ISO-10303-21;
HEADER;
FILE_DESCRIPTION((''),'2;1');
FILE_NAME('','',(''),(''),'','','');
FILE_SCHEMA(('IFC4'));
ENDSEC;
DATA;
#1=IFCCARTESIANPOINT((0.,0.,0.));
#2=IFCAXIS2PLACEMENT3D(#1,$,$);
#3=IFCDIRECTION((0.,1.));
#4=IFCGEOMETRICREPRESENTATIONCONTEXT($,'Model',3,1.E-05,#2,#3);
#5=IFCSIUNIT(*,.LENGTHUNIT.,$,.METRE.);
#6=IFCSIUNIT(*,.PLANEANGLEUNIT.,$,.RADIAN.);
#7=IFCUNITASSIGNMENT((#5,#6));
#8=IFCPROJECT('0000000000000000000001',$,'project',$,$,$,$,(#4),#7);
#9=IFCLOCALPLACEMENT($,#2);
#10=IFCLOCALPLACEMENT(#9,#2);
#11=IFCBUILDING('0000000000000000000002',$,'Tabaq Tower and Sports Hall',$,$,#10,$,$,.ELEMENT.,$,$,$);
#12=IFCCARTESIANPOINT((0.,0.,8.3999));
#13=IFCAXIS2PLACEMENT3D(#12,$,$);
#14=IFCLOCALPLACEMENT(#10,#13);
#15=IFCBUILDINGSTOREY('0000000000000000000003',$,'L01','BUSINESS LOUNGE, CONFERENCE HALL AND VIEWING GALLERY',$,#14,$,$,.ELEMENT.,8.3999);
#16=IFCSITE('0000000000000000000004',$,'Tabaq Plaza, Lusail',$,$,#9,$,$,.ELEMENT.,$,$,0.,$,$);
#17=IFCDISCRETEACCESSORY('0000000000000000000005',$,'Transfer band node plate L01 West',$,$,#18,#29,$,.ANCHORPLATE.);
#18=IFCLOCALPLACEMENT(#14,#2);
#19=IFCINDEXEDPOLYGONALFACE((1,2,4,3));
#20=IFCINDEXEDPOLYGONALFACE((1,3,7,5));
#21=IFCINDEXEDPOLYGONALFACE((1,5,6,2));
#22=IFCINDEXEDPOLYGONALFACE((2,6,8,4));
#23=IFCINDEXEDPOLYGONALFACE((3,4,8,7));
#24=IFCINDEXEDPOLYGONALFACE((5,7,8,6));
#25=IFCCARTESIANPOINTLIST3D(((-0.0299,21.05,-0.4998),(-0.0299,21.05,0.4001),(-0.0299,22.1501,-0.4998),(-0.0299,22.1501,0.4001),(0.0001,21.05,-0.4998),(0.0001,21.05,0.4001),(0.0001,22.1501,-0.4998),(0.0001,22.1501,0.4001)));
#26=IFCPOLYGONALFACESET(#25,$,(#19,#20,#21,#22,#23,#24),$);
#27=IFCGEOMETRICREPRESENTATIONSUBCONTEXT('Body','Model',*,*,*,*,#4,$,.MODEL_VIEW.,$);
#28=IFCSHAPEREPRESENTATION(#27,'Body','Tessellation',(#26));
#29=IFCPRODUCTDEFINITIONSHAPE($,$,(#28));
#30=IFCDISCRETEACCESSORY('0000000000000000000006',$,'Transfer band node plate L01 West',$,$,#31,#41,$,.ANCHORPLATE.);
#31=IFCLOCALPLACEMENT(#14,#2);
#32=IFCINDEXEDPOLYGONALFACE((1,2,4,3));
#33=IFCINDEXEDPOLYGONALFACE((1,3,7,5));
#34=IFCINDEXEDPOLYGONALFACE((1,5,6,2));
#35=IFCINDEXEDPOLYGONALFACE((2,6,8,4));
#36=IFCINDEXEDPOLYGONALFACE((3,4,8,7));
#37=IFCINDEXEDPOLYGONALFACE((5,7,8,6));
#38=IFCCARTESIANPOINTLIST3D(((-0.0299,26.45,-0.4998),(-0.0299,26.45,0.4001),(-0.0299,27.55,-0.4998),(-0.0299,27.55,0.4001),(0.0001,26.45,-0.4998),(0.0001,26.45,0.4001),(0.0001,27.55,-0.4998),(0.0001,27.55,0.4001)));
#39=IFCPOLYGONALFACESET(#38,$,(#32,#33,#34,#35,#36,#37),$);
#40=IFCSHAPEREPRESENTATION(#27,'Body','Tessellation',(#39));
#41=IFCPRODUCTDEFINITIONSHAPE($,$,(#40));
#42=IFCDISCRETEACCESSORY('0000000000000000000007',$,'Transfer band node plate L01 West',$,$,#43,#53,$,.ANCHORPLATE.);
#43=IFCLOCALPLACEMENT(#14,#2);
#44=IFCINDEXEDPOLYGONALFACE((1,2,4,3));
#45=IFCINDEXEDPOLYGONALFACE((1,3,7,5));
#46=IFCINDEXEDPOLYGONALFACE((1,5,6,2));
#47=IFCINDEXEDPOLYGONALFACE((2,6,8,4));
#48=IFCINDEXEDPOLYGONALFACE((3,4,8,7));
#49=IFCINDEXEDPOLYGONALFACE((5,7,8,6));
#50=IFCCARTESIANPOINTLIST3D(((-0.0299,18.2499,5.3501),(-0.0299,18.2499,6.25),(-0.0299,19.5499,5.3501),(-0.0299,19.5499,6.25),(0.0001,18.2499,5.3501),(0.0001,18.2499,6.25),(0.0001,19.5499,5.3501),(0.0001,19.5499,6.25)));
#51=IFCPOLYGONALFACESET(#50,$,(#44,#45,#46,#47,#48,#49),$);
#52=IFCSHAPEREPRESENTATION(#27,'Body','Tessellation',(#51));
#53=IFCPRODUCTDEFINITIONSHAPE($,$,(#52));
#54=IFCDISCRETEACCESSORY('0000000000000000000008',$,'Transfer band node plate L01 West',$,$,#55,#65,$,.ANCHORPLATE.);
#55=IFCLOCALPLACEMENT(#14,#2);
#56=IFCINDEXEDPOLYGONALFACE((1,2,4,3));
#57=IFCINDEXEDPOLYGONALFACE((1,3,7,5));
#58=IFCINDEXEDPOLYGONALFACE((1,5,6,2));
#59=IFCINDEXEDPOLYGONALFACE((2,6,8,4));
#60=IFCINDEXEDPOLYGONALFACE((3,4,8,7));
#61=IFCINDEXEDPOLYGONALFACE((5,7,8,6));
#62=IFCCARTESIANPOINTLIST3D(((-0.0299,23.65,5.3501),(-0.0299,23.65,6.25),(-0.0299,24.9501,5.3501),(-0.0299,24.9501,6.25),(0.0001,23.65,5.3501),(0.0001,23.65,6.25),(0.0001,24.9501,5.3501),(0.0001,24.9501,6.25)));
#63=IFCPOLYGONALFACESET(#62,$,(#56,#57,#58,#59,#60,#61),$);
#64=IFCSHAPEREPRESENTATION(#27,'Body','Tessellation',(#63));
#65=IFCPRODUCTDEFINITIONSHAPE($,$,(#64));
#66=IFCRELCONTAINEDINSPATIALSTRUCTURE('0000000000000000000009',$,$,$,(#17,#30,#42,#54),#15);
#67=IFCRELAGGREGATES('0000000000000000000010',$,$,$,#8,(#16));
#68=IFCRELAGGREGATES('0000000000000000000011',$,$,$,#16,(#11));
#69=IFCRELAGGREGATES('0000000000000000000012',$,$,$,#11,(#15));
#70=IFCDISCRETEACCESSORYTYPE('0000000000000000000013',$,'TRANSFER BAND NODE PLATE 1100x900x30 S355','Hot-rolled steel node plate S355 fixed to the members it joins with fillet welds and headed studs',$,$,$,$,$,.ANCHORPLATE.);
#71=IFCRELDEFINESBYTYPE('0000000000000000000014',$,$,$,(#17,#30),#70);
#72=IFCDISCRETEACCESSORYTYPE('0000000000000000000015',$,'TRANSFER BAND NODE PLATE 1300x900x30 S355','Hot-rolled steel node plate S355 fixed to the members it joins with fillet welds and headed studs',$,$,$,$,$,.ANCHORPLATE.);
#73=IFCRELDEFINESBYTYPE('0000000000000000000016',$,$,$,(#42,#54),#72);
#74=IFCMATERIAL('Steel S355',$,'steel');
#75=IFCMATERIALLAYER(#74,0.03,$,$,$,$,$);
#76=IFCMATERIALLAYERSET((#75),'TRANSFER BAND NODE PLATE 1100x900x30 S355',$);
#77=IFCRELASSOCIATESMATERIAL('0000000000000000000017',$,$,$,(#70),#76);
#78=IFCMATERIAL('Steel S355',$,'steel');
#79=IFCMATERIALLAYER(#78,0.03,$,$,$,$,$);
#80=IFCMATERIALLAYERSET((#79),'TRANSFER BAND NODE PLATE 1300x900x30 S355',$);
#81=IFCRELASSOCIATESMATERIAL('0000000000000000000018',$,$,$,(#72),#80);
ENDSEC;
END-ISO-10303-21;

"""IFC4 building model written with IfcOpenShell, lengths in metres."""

from ifc_helpers import new_model, si_unit, direction, frame, origin, origin_2d, place, context, subcontext, project, spatial, rectangle, extrude, material, layer, layer_set, type_object, element, save


model = new_model("IFC4")

# Units and contexts
model_context = context("Model", 3, precision=1e-05, world=origin(), true_north=direction((0.0, 1.0)))
body_context = subcontext(model_context, "Body", "Model", "MODEL_VIEW")
ifc_project = project(units=[si_unit("LENGTHUNIT", "METRE"), si_unit("PLANEANGLEUNIT", "RADIAN")], contexts=[model_context])

# Site, building, storey
site_placement = place(None, origin())
site = spatial("IfcSite", under=ifc_project, at=site_placement, Name="Tabaq Plaza, Lusail", CompositionType="ELEMENT", RefElevation=0.0)
building_placement = place(site_placement, origin())
building = spatial("IfcBuilding", under=site, at=building_placement, Name="Tabaq Tower and Sports Hall", CompositionType="ELEMENT")
storey_placement = place(building_placement, frame((0.0, 0.0, 8.3999)))
storey = spatial("IfcBuildingStorey", under=building, at=storey_placement, Name="L01", Description="BUSINESS LOUNGE, CONFERENCE HALL AND VIEWING GALLERY", CompositionType="ELEMENT", Elevation=8.3999)

# Discrete accessories
ifc_material_1 = material(Name="Steel S355", Category="steel")
ifc_layer_1 = layer(ifc_material_1, 0.03)
ifc_layer_set_1 = layer_set([ifc_layer_1], Name="TRANSFER BAND NODE PLATE 1100x900x30 S355")
discrete_accessory_type_1 = type_object("IfcDiscreteAccessoryType", Name="TRANSFER BAND NODE PLATE 1100x900x30 S355", Description="Hot-rolled steel node plate S355 fixed to the members it joins with fillet welds and headed studs", PredefinedType="ANCHORPLATE", material=ifc_layer_set_1)
for number, where, z_axis, x_axis, name in (
    (1, (-0.0149, 21.6001, -0.4998), (0.0, 0.0, 1.0), (0.0, -1.0, 0.0), "Transfer band node plate L01 West"),
    (2, (-0.0149, 27.0, -0.4998), (0.0, 0.0, 1.0), (0.0, -1.0, 0.0), "Transfer band node plate L01 West"),
):
    element("IfcDiscreteAccessory", number, at=place(storey_placement, frame(where, z_axis=z_axis, x_axis=x_axis)), inside=storey, type_object=discrete_accessory_type_1, Name=name, PredefinedType="ANCHORPLATE", context=body_context, shape_type="SweptSolid", body=[
        extrude(rectangle(XDim=1.1001, YDim=0.03, at=origin_2d()), origin(), (0.0, 0.0, 1.0), 0.8999),
    ])
ifc_material_2 = material(Name="Steel S355", Category="steel")
ifc_layer_2 = layer(ifc_material_2, 0.03)
ifc_layer_set_2 = layer_set([ifc_layer_2], Name="TRANSFER BAND NODE PLATE 1300x900x30 S355")
discrete_accessory_type_2 = type_object("IfcDiscreteAccessoryType", Name="TRANSFER BAND NODE PLATE 1300x900x30 S355", Description="Hot-rolled steel node plate S355 fixed to the members it joins with fillet welds and headed studs", PredefinedType="ANCHORPLATE", material=ifc_layer_set_2)
for number, where, z_axis, x_axis, name in (
    (3, (-0.0149, 18.8999, 5.3501), (0.0, 0.0, 1.0), (0.0, -1.0, 0.0), "Transfer band node plate L01 West"),
    (4, (-0.0149, 24.3, 5.3501), (0.0, 0.0, 1.0), (0.0, -1.0, 0.0), "Transfer band node plate L01 West"),
):
    element("IfcDiscreteAccessory", number, at=place(storey_placement, frame(where, z_axis=z_axis, x_axis=x_axis)), inside=storey, type_object=discrete_accessory_type_2, Name=name, PredefinedType="ANCHORPLATE", context=body_context, shape_type="SweptSolid", body=[
        extrude(rectangle(XDim=1.3, YDim=0.03, at=origin_2d()), origin(), (0.0, 0.0, 1.0), 0.8999),
    ])

save(model, "model.ifc")
